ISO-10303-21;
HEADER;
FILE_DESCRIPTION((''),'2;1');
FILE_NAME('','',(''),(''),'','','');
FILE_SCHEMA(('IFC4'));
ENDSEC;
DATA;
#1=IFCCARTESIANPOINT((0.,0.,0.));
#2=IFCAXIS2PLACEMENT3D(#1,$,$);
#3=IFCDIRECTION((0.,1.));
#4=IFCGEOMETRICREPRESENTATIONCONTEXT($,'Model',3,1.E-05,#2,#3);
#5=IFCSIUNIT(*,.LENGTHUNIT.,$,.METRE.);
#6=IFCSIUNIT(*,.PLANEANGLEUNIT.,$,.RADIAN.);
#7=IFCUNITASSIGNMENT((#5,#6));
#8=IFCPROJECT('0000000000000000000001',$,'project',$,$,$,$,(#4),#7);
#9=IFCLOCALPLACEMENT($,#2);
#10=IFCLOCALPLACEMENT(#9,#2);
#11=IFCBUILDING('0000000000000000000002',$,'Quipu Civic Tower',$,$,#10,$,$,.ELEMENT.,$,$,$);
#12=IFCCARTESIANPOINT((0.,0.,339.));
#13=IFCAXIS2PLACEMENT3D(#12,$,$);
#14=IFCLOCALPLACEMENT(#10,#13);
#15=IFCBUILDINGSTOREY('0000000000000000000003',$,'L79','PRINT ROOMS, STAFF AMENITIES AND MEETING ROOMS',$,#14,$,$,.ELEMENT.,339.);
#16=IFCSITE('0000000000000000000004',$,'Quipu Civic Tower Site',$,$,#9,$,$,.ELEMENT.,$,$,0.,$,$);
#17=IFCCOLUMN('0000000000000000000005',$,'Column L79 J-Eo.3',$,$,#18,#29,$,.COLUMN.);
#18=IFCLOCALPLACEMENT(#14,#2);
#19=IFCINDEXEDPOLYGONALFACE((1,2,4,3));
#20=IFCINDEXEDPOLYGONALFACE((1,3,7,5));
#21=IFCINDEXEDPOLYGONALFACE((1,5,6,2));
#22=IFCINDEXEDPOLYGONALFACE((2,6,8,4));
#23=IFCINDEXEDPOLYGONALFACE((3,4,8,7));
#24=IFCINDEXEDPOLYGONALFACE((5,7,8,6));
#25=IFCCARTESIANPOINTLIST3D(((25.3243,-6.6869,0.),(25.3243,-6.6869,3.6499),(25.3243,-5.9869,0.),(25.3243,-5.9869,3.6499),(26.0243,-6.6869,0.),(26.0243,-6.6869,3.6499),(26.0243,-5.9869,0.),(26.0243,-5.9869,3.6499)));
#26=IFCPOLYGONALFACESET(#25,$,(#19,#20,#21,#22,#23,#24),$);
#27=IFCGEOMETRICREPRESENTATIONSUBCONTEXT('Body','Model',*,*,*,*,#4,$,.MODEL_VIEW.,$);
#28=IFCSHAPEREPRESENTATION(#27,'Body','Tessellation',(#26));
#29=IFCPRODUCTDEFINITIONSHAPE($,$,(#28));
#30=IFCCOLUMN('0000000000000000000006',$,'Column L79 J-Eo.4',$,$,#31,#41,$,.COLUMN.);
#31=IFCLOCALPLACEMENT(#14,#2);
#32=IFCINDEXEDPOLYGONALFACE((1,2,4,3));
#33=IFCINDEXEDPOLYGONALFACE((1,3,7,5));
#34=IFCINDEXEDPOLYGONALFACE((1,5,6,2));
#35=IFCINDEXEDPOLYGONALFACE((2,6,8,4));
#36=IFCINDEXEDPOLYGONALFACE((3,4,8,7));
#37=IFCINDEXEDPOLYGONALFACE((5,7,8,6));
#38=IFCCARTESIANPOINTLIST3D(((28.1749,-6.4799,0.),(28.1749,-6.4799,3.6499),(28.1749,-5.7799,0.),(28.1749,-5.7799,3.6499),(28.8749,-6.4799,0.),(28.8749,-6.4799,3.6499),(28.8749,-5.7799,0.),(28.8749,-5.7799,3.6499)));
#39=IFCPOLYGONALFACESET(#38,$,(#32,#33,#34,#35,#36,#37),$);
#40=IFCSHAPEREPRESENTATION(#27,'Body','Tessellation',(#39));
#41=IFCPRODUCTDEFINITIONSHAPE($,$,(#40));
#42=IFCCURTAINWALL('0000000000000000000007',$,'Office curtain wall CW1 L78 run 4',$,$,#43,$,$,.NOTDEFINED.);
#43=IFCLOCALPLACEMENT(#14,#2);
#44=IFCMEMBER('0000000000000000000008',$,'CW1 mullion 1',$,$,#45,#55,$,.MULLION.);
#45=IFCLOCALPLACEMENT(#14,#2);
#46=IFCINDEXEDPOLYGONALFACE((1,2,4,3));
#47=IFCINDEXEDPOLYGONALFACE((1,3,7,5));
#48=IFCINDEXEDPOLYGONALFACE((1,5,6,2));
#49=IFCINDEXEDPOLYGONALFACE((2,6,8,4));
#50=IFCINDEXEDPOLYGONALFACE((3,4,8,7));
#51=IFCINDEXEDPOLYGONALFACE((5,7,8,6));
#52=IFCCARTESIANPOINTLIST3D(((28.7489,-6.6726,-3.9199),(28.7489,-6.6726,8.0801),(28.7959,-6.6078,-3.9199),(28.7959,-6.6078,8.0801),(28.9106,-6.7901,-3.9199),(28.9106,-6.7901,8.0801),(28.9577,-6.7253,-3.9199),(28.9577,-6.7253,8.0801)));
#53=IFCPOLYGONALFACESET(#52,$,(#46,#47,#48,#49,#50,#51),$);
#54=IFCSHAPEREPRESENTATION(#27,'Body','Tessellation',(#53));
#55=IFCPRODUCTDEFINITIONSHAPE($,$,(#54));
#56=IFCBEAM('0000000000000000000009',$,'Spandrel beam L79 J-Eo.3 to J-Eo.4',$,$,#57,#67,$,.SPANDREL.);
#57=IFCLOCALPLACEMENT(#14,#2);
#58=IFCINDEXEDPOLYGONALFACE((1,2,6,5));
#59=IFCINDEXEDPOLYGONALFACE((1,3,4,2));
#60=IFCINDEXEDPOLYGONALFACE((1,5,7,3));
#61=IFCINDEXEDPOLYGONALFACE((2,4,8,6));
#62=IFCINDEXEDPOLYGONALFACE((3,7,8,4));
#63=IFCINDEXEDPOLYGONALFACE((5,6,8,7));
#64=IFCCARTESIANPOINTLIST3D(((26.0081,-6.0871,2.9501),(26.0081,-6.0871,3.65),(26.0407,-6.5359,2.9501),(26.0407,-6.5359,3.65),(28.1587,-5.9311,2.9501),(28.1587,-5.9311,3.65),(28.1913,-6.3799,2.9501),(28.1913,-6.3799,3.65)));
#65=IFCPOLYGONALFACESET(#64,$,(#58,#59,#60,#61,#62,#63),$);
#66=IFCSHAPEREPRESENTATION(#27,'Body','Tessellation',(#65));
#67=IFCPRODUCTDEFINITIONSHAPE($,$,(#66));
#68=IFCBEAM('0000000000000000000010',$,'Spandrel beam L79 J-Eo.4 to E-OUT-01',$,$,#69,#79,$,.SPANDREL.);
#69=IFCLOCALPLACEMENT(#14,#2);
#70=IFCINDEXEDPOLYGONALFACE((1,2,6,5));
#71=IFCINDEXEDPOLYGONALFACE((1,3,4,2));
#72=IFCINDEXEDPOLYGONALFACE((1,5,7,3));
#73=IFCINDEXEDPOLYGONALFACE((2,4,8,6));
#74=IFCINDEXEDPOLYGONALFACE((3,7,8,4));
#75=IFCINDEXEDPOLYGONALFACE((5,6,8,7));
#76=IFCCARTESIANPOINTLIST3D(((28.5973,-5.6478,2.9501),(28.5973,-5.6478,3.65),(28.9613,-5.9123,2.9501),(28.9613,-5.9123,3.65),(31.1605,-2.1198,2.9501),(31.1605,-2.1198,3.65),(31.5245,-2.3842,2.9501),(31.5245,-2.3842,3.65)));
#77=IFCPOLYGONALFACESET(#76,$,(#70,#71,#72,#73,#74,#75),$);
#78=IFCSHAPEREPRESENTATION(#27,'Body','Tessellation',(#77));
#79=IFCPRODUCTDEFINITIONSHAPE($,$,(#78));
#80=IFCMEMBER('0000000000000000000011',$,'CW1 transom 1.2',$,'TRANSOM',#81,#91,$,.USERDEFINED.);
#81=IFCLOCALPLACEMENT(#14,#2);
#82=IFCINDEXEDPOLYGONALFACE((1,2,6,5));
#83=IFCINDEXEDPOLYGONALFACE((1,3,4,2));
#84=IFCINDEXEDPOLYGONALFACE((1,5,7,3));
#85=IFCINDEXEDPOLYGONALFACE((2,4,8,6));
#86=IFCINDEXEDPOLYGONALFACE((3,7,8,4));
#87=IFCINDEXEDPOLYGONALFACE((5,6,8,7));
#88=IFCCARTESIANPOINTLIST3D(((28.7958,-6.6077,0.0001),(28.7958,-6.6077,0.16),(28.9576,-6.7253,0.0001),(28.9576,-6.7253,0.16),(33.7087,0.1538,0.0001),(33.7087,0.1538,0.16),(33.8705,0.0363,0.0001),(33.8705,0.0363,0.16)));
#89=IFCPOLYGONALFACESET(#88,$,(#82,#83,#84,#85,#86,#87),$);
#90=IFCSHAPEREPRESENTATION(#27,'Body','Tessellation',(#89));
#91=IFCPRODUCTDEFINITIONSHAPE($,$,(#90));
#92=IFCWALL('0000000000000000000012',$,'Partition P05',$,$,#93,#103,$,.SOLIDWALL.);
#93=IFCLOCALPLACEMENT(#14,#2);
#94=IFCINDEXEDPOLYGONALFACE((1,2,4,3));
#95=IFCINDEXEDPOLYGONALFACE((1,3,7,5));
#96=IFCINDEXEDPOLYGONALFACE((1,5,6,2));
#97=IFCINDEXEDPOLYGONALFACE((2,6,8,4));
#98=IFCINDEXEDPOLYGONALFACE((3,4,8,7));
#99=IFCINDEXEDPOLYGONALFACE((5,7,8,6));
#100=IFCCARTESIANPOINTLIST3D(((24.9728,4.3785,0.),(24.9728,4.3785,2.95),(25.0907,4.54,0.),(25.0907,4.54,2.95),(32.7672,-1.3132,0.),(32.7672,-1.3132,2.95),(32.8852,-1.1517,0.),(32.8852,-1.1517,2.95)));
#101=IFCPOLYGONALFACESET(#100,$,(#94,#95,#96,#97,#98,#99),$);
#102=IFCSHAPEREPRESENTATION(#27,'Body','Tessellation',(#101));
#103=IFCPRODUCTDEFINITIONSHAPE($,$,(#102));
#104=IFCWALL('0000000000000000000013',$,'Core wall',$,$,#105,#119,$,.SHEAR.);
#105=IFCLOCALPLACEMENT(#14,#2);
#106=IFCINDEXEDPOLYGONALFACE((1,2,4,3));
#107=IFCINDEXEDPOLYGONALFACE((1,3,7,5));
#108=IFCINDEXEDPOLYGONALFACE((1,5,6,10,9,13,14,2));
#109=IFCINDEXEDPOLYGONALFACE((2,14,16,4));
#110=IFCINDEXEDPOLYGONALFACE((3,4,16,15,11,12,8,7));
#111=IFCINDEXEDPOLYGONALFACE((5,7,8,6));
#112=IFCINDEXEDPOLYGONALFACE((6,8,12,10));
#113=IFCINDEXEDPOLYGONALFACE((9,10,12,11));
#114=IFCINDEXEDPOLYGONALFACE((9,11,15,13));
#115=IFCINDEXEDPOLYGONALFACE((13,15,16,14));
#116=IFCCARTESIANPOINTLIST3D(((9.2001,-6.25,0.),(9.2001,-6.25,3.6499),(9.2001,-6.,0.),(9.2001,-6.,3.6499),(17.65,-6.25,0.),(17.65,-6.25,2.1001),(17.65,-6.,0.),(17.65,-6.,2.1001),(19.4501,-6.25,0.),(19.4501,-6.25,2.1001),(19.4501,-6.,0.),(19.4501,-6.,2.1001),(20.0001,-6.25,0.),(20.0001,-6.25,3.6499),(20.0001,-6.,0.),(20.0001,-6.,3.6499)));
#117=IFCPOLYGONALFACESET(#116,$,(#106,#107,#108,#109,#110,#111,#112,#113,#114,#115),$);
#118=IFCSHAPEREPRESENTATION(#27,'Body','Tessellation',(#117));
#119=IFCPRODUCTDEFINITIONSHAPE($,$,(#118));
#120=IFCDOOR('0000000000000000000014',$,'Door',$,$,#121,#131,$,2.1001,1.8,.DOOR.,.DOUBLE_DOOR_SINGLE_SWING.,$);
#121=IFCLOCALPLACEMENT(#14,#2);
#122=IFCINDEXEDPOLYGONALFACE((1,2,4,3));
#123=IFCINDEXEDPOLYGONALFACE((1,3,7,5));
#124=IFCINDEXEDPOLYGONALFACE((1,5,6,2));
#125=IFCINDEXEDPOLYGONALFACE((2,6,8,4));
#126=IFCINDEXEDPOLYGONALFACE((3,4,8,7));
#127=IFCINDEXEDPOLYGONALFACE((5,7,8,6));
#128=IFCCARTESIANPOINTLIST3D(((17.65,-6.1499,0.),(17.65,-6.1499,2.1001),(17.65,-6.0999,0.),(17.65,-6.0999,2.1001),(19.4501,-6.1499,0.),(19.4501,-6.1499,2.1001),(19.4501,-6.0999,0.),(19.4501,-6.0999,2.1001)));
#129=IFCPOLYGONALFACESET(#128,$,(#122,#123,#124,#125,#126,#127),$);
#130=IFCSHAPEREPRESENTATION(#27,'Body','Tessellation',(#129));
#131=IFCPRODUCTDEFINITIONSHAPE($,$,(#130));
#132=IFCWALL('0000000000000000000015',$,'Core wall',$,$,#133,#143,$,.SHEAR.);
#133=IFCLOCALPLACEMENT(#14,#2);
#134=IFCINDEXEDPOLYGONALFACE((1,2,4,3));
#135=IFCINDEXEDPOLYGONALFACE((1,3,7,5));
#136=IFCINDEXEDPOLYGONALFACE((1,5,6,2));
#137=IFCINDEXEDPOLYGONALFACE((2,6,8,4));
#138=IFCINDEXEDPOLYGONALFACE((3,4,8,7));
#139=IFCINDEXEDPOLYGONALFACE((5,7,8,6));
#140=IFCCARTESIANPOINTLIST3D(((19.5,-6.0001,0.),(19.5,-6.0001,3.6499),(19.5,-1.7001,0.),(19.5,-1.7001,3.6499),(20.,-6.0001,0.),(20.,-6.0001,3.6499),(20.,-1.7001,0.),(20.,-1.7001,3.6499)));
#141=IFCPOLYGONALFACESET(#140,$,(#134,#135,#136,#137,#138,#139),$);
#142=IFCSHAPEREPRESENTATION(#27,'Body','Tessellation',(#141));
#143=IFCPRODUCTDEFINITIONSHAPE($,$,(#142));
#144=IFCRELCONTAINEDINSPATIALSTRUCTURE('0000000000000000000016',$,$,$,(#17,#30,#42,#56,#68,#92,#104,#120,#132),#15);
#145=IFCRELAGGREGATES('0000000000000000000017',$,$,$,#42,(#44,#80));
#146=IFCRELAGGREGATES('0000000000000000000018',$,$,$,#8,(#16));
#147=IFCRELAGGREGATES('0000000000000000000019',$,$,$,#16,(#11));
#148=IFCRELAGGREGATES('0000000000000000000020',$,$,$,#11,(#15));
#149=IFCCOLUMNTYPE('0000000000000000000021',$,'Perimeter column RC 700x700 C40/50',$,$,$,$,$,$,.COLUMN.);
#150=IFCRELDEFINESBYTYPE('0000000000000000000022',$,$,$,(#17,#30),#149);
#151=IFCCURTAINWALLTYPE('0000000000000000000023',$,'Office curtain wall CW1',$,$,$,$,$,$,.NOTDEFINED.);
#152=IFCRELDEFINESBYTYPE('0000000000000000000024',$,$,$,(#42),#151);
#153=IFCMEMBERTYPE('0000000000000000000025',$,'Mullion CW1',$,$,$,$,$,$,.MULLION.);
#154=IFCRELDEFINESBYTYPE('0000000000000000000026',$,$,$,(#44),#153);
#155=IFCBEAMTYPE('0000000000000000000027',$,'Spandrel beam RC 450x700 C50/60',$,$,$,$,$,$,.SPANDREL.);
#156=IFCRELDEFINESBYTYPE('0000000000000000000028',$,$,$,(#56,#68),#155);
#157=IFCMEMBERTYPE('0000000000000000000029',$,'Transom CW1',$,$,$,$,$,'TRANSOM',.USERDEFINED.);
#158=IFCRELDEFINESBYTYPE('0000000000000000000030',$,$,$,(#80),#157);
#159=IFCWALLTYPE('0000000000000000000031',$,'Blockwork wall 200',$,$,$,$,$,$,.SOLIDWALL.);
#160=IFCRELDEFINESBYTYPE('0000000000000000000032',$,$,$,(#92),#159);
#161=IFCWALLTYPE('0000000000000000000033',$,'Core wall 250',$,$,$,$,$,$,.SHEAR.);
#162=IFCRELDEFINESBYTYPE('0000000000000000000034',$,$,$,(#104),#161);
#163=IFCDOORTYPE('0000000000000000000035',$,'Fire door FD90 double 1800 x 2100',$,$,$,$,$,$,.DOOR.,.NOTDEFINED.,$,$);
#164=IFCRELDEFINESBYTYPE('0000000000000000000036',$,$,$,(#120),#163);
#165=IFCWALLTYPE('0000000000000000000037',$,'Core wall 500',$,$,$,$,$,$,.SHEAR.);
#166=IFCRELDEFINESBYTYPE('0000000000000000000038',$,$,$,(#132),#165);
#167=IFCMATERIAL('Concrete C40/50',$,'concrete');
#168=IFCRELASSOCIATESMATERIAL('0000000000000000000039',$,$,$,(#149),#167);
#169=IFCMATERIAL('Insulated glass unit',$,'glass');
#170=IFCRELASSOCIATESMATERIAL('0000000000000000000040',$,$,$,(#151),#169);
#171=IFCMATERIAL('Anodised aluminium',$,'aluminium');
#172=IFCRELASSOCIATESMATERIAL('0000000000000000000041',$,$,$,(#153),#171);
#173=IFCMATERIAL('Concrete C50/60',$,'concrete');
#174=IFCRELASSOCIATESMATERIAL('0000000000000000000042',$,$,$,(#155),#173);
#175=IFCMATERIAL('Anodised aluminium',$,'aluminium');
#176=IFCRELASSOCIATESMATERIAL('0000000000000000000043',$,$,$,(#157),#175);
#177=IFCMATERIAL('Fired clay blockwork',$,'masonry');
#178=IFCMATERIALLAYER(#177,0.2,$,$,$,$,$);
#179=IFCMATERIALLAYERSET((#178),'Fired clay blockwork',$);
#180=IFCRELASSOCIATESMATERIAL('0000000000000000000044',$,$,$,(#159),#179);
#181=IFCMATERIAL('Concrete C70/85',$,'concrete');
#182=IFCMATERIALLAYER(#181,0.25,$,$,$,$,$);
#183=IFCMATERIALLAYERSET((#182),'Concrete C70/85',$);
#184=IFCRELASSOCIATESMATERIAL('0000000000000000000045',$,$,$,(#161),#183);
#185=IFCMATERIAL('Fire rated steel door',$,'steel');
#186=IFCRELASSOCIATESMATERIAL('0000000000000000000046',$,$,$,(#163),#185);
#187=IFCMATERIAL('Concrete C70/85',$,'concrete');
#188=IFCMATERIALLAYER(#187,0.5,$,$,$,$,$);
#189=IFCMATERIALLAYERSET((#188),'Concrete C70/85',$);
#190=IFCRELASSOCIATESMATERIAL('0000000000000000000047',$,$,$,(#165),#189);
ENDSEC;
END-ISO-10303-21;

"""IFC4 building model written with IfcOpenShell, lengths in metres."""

from ifc_helpers import new_model, si_unit, direction, frame, frame_2d, origin, origin_2d, place, context, subcontext, project, spatial, rectangle, extrude, material, layer, layer_set, material_profile, profile_set, type_object, element, fill, aggregate, save


model = new_model("IFC4")

# Units and contexts
model_context = context("Model", 3, precision=1e-05, world=origin(), true_north=direction((0.0, 1.0)))
body_context = subcontext(model_context, "Body", "Model", "MODEL_VIEW")
ifc_project = project(units=[si_unit("LENGTHUNIT", "METRE"), si_unit("PLANEANGLEUNIT", "RADIAN")], contexts=[model_context])

# Site, building, storey
site_placement = place(None, origin())
site = spatial("IfcSite", under=ifc_project, at=site_placement, Name="Quipu Civic Tower Site", CompositionType="ELEMENT", RefElevation=0.0)
building_placement = place(site_placement, origin())
building = spatial("IfcBuilding", under=site, at=building_placement, Name="Quipu Civic Tower", CompositionType="ELEMENT")
storey_placement = place(building_placement, frame((0.0, 0.0, 339.0)))
storey = spatial("IfcBuildingStorey", under=building, at=storey_placement, Name="L79", Description="PRINT ROOMS, STAFF AMENITIES AND MEETING ROOMS", CompositionType="ELEMENT", Elevation=339.0)

# Columns
ifc_material_1 = material(Name="Concrete C40/50", Category="concrete")
ifc_material_profile_1 = material_profile(ifc_material_1, rectangle(XDim=0.7, YDim=0.7, at=origin_2d()), Name="RC700x700")
ifc_profile_set_1 = profile_set([ifc_material_profile_1], Name="Concrete C40/50")
column_type = type_object("IfcColumnType", Name="Perimeter column RC 700x700 C40/50", PredefinedType="COLUMN", material=ifc_profile_set_1)
for number, where, z_axis, x_axis, name in (
    (1, (25.6743, -6.3369, 0.0), (0.0, 0.0, 1.0), (1.0, 0.0, 0.0), "Column L79 J-Eo.3"),
    (2, (28.5249, -6.1299, 0.0), (0.0, 0.0, 1.0), (1.0, 0.0, 0.0), "Column L79 J-Eo.4"),
):
    element("IfcColumn", number, at=place(storey_placement, frame(where, z_axis=z_axis, x_axis=x_axis)), inside=storey, type_object=column_type, Name=name, PredefinedType="COLUMN", context=body_context, shape_type="SweptSolid", body=[
        extrude(rectangle(XDim=0.7, YDim=0.7, at=origin_2d()), origin(), (0.0, 0.0, 1.0), 3.6499),
    ])

# Curtain wall, member
ifc_material_2 = material(Name="Insulated glass unit", Category="glass")
curtain_wall_type = type_object("IfcCurtainWallType", Name="Office curtain wall CW1", PredefinedType="NOTDEFINED", material=ifc_material_2)
curtain_wall_placement = place(storey_placement, origin())
curtain_wall = element("IfcCurtainWall", 3, at=curtain_wall_placement, inside=storey, type_object=curtain_wall_type, Name="Office curtain wall CW1 L78 run 4", PredefinedType="NOTDEFINED")
ifc_material_3 = material(Name="Anodised aluminium", Category="aluminium")
ifc_material_profile_2 = material_profile(ifc_material_3, rectangle(XDim=0.2, YDim=0.0801, at=origin_2d()), Name="RECT 200x80")
ifc_profile_set_2 = profile_set([ifc_material_profile_2], Name="Anodised aluminium")
member_type_1 = type_object("IfcMemberType", Name="Mullion CW1", PredefinedType="MULLION", material=ifc_profile_set_2)
member_1_placement = place(storey_placement, frame((28.8533, -6.699, -3.9199), z_axis=(0.0, 0.0, 1.0), x_axis=(-0.809016, 0.587786, 0.0)))
member_1 = element("IfcMember", 4, at=member_1_placement, type_object=member_type_1, Name="CW1 mullion 1", PredefinedType="MULLION", context=body_context, shape_type="SweptSolid", body=[
    extrude(rectangle(XDim=0.2, YDim=0.0801, at=origin_2d()), origin(), (0.0, 0.0, 1.0), 12.0),
])

# Beams
ifc_material_4 = material(Name="Concrete C50/60", Category="concrete")
ifc_material_profile_3 = material_profile(ifc_material_4, rectangle(XDim=0.45, YDim=0.7, at=origin_2d()), Name="RC450x700")
ifc_profile_set_3 = profile_set([ifc_material_profile_3], Name="Concrete C50/60")
beam_type = type_object("IfcBeamType", Name="Spandrel beam RC 450x700 C50/60", PredefinedType="SPANDREL", material=ifc_profile_set_3)
beam_1_placement = place(storey_placement, frame((26.0244, -6.3115, 3.3), z_axis=(0.997379, 0.072349, 0.0), x_axis=(-0.072349, 0.997379, 0.0)))
element("IfcBeam", 5, at=beam_1_placement, inside=storey, type_object=beam_type, Name="Spandrel beam L79 J-Eo.3 to J-Eo.4", PredefinedType="SPANDREL", context=body_context, shape_type="SweptSolid", body=[
    extrude(rectangle(XDim=0.45, YDim=0.7, at=origin_2d()), origin(), (0.0, 0.0, 1.0), 2.1562),
])
beam_2_placement = place(storey_placement, frame((28.7793, -5.78, 3.3), z_axis=(0.587776, 0.809024, 0.0), x_axis=(-0.809024, 0.587776, 0.0)))
element("IfcBeam", 6, at=beam_2_placement, inside=storey, type_object=beam_type, Name="Spandrel beam L79 J-Eo.4 to E-OUT-01", PredefinedType="SPANDREL", context=body_context, shape_type="SweptSolid", body=[
    extrude(rectangle(XDim=0.45, YDim=0.7, at=origin_2d()), origin(), (0.0, 0.0, 1.0), 4.3608),
])

# Member
ifc_material_5 = material(Name="Anodised aluminium", Category="aluminium")
ifc_material_profile_4 = material_profile(ifc_material_5, rectangle(XDim=0.2, YDim=0.1599, at=origin_2d()), Name="RECT 200x160")
ifc_profile_set_4 = profile_set([ifc_material_profile_4], Name="Anodised aluminium")
member_type_2 = type_object("IfcMemberType", Name="Transom CW1", ElementType="TRANSOM", PredefinedType="USERDEFINED", material=ifc_profile_set_4)
member_2_placement = place(storey_placement, frame((28.8767, -6.6665, 0.0801), z_axis=(0.587812, 0.808997, 0.0), x_axis=(-0.808997, 0.587812, 0.0)))
member_2 = element("IfcMember", 7, at=member_2_placement, type_object=member_type_2, Name="CW1 transom 1.2", ObjectType="TRANSOM", PredefinedType="USERDEFINED", context=body_context, shape_type="SweptSolid", body=[
    extrude(rectangle(XDim=0.2, YDim=0.1599, at=origin_2d()), origin(), (0.0, 0.0, 1.0), 8.3579),
])
aggregate(curtain_wall, [member_1, member_2])

# Wall
ifc_material_6 = material(Name="Fired clay blockwork", Category="masonry")
ifc_layer_1 = layer(ifc_material_6, 0.2)
ifc_layer_set_1 = layer_set([ifc_layer_1], Name="Fired clay blockwork")
wall_type_1 = type_object("IfcWallType", Name="Blockwork wall 200", PredefinedType="SOLIDWALL", material=ifc_layer_set_1)
wall_1_placement = place(storey_placement, frame((25.0317, 4.4592, 0.0), z_axis=(0.0, 0.0, 1.0), x_axis=(0.807602, -0.589727, 0.0)))
element("IfcWall", 8, at=wall_1_placement, inside=storey, type_object=wall_type_1, Name="Partition P05", PredefinedType="SOLIDWALL", context=body_context, shape_type="SweptSolid", body=[
    extrude(rectangle(XDim=9.6514, YDim=0.2, at=frame_2d((4.8257, 0.0))), origin(), (0.0, 0.0, 1.0), 2.95),
])

# Wall, opening, door
ifc_material_7 = material(Name="Concrete C70/85", Category="concrete")
ifc_layer_2 = layer(ifc_material_7, 0.25)
ifc_layer_set_2 = layer_set([ifc_layer_2], Name="Concrete C70/85")
wall_type_2 = type_object("IfcWallType", Name="Core wall 250", PredefinedType="SHEAR", material=ifc_layer_set_2)
wall_2_placement = place(storey_placement, frame((20.0, -6.125, 0.0), z_axis=(0.0, 0.0, 1.0), x_axis=(-1.0, 0.0, 0.0)))
wall_2 = element("IfcWall", 9, at=wall_2_placement, inside=storey, type_object=wall_type_2, Name="Core wall", PredefinedType="SHEAR", context=body_context, shape_type="SweptSolid", body=[
    extrude(rectangle(XDim=10.8, YDim=0.25, at=frame_2d((5.3999, 0.0))), origin(), (0.0, 0.0, 1.0), 3.6499),
])
opening_1_placement = place(wall_2_placement, frame((0.55, 0.0, 0.0)))
opening_1 = element("IfcOpeningElement", 10, at=opening_1_placement, cuts=wall_2, PredefinedType="OPENING", context=body_context, shape_type="SweptSolid", body=[
    extrude(rectangle(XDim=1.8, YDim=2.1001, at=frame_2d((0.8999, 1.05))), frame((0.0, 0.135, 0.0), z_axis=(0.0, -1.0, 0.0), x_axis=(1.0, 0.0, 0.0)), (0.0, 0.0, 1.0), 0.27),
])
ifc_material_8 = material(Name="Fire rated steel door", Category="steel")
door_type_1 = type_object("IfcDoorType", Name="Fire door FD90 double 1800 x 2100", OperationType="NOTDEFINED", PredefinedType="DOOR", material=ifc_material_8)
door_1_placement = place(opening_1_placement, origin())
door_1 = element("IfcDoor", 11, at=door_1_placement, inside=storey, type_object=door_type_1, Name="Door", OperationType="DOUBLE_DOOR_SINGLE_SWING", OverallHeight=2.1001, OverallWidth=1.8, PredefinedType="DOOR", context=body_context, shape_type="SweptSolid", body=[
    extrude(rectangle(XDim=1.8, YDim=2.1001, at=frame_2d((0.8999, 1.05))), frame((0.0, 0.0249, 0.0), z_axis=(0.0, -1.0, 0.0), x_axis=(1.0, 0.0, 0.0)), (0.0, 0.0, 1.0), 0.05),
])
fill(opening_1, door_1)

# Wall
ifc_material_9 = material(Name="Concrete C70/85", Category="concrete")
ifc_layer_3 = layer(ifc_material_9, 0.5)
ifc_layer_set_3 = layer_set([ifc_layer_3], Name="Concrete C70/85")
wall_type_3 = type_object("IfcWallType", Name="Core wall 500", PredefinedType="SHEAR", material=ifc_layer_set_3)
wall_3_placement = place(storey_placement, frame((19.75, -6.0, 0.0), z_axis=(0.0, 0.0, 1.0), x_axis=(0.0, 1.0, 0.0)))
element("IfcWall", 12, at=wall_3_placement, inside=storey, type_object=wall_type_3, Name="Core wall", PredefinedType="SHEAR", context=body_context, shape_type="SweptSolid", body=[
    extrude(rectangle(XDim=4.3, YDim=0.5, at=frame_2d((2.1499, 0.0))), origin(), (0.0, 0.0, 1.0), 3.6499),
])

save(model, "model.ifc")
